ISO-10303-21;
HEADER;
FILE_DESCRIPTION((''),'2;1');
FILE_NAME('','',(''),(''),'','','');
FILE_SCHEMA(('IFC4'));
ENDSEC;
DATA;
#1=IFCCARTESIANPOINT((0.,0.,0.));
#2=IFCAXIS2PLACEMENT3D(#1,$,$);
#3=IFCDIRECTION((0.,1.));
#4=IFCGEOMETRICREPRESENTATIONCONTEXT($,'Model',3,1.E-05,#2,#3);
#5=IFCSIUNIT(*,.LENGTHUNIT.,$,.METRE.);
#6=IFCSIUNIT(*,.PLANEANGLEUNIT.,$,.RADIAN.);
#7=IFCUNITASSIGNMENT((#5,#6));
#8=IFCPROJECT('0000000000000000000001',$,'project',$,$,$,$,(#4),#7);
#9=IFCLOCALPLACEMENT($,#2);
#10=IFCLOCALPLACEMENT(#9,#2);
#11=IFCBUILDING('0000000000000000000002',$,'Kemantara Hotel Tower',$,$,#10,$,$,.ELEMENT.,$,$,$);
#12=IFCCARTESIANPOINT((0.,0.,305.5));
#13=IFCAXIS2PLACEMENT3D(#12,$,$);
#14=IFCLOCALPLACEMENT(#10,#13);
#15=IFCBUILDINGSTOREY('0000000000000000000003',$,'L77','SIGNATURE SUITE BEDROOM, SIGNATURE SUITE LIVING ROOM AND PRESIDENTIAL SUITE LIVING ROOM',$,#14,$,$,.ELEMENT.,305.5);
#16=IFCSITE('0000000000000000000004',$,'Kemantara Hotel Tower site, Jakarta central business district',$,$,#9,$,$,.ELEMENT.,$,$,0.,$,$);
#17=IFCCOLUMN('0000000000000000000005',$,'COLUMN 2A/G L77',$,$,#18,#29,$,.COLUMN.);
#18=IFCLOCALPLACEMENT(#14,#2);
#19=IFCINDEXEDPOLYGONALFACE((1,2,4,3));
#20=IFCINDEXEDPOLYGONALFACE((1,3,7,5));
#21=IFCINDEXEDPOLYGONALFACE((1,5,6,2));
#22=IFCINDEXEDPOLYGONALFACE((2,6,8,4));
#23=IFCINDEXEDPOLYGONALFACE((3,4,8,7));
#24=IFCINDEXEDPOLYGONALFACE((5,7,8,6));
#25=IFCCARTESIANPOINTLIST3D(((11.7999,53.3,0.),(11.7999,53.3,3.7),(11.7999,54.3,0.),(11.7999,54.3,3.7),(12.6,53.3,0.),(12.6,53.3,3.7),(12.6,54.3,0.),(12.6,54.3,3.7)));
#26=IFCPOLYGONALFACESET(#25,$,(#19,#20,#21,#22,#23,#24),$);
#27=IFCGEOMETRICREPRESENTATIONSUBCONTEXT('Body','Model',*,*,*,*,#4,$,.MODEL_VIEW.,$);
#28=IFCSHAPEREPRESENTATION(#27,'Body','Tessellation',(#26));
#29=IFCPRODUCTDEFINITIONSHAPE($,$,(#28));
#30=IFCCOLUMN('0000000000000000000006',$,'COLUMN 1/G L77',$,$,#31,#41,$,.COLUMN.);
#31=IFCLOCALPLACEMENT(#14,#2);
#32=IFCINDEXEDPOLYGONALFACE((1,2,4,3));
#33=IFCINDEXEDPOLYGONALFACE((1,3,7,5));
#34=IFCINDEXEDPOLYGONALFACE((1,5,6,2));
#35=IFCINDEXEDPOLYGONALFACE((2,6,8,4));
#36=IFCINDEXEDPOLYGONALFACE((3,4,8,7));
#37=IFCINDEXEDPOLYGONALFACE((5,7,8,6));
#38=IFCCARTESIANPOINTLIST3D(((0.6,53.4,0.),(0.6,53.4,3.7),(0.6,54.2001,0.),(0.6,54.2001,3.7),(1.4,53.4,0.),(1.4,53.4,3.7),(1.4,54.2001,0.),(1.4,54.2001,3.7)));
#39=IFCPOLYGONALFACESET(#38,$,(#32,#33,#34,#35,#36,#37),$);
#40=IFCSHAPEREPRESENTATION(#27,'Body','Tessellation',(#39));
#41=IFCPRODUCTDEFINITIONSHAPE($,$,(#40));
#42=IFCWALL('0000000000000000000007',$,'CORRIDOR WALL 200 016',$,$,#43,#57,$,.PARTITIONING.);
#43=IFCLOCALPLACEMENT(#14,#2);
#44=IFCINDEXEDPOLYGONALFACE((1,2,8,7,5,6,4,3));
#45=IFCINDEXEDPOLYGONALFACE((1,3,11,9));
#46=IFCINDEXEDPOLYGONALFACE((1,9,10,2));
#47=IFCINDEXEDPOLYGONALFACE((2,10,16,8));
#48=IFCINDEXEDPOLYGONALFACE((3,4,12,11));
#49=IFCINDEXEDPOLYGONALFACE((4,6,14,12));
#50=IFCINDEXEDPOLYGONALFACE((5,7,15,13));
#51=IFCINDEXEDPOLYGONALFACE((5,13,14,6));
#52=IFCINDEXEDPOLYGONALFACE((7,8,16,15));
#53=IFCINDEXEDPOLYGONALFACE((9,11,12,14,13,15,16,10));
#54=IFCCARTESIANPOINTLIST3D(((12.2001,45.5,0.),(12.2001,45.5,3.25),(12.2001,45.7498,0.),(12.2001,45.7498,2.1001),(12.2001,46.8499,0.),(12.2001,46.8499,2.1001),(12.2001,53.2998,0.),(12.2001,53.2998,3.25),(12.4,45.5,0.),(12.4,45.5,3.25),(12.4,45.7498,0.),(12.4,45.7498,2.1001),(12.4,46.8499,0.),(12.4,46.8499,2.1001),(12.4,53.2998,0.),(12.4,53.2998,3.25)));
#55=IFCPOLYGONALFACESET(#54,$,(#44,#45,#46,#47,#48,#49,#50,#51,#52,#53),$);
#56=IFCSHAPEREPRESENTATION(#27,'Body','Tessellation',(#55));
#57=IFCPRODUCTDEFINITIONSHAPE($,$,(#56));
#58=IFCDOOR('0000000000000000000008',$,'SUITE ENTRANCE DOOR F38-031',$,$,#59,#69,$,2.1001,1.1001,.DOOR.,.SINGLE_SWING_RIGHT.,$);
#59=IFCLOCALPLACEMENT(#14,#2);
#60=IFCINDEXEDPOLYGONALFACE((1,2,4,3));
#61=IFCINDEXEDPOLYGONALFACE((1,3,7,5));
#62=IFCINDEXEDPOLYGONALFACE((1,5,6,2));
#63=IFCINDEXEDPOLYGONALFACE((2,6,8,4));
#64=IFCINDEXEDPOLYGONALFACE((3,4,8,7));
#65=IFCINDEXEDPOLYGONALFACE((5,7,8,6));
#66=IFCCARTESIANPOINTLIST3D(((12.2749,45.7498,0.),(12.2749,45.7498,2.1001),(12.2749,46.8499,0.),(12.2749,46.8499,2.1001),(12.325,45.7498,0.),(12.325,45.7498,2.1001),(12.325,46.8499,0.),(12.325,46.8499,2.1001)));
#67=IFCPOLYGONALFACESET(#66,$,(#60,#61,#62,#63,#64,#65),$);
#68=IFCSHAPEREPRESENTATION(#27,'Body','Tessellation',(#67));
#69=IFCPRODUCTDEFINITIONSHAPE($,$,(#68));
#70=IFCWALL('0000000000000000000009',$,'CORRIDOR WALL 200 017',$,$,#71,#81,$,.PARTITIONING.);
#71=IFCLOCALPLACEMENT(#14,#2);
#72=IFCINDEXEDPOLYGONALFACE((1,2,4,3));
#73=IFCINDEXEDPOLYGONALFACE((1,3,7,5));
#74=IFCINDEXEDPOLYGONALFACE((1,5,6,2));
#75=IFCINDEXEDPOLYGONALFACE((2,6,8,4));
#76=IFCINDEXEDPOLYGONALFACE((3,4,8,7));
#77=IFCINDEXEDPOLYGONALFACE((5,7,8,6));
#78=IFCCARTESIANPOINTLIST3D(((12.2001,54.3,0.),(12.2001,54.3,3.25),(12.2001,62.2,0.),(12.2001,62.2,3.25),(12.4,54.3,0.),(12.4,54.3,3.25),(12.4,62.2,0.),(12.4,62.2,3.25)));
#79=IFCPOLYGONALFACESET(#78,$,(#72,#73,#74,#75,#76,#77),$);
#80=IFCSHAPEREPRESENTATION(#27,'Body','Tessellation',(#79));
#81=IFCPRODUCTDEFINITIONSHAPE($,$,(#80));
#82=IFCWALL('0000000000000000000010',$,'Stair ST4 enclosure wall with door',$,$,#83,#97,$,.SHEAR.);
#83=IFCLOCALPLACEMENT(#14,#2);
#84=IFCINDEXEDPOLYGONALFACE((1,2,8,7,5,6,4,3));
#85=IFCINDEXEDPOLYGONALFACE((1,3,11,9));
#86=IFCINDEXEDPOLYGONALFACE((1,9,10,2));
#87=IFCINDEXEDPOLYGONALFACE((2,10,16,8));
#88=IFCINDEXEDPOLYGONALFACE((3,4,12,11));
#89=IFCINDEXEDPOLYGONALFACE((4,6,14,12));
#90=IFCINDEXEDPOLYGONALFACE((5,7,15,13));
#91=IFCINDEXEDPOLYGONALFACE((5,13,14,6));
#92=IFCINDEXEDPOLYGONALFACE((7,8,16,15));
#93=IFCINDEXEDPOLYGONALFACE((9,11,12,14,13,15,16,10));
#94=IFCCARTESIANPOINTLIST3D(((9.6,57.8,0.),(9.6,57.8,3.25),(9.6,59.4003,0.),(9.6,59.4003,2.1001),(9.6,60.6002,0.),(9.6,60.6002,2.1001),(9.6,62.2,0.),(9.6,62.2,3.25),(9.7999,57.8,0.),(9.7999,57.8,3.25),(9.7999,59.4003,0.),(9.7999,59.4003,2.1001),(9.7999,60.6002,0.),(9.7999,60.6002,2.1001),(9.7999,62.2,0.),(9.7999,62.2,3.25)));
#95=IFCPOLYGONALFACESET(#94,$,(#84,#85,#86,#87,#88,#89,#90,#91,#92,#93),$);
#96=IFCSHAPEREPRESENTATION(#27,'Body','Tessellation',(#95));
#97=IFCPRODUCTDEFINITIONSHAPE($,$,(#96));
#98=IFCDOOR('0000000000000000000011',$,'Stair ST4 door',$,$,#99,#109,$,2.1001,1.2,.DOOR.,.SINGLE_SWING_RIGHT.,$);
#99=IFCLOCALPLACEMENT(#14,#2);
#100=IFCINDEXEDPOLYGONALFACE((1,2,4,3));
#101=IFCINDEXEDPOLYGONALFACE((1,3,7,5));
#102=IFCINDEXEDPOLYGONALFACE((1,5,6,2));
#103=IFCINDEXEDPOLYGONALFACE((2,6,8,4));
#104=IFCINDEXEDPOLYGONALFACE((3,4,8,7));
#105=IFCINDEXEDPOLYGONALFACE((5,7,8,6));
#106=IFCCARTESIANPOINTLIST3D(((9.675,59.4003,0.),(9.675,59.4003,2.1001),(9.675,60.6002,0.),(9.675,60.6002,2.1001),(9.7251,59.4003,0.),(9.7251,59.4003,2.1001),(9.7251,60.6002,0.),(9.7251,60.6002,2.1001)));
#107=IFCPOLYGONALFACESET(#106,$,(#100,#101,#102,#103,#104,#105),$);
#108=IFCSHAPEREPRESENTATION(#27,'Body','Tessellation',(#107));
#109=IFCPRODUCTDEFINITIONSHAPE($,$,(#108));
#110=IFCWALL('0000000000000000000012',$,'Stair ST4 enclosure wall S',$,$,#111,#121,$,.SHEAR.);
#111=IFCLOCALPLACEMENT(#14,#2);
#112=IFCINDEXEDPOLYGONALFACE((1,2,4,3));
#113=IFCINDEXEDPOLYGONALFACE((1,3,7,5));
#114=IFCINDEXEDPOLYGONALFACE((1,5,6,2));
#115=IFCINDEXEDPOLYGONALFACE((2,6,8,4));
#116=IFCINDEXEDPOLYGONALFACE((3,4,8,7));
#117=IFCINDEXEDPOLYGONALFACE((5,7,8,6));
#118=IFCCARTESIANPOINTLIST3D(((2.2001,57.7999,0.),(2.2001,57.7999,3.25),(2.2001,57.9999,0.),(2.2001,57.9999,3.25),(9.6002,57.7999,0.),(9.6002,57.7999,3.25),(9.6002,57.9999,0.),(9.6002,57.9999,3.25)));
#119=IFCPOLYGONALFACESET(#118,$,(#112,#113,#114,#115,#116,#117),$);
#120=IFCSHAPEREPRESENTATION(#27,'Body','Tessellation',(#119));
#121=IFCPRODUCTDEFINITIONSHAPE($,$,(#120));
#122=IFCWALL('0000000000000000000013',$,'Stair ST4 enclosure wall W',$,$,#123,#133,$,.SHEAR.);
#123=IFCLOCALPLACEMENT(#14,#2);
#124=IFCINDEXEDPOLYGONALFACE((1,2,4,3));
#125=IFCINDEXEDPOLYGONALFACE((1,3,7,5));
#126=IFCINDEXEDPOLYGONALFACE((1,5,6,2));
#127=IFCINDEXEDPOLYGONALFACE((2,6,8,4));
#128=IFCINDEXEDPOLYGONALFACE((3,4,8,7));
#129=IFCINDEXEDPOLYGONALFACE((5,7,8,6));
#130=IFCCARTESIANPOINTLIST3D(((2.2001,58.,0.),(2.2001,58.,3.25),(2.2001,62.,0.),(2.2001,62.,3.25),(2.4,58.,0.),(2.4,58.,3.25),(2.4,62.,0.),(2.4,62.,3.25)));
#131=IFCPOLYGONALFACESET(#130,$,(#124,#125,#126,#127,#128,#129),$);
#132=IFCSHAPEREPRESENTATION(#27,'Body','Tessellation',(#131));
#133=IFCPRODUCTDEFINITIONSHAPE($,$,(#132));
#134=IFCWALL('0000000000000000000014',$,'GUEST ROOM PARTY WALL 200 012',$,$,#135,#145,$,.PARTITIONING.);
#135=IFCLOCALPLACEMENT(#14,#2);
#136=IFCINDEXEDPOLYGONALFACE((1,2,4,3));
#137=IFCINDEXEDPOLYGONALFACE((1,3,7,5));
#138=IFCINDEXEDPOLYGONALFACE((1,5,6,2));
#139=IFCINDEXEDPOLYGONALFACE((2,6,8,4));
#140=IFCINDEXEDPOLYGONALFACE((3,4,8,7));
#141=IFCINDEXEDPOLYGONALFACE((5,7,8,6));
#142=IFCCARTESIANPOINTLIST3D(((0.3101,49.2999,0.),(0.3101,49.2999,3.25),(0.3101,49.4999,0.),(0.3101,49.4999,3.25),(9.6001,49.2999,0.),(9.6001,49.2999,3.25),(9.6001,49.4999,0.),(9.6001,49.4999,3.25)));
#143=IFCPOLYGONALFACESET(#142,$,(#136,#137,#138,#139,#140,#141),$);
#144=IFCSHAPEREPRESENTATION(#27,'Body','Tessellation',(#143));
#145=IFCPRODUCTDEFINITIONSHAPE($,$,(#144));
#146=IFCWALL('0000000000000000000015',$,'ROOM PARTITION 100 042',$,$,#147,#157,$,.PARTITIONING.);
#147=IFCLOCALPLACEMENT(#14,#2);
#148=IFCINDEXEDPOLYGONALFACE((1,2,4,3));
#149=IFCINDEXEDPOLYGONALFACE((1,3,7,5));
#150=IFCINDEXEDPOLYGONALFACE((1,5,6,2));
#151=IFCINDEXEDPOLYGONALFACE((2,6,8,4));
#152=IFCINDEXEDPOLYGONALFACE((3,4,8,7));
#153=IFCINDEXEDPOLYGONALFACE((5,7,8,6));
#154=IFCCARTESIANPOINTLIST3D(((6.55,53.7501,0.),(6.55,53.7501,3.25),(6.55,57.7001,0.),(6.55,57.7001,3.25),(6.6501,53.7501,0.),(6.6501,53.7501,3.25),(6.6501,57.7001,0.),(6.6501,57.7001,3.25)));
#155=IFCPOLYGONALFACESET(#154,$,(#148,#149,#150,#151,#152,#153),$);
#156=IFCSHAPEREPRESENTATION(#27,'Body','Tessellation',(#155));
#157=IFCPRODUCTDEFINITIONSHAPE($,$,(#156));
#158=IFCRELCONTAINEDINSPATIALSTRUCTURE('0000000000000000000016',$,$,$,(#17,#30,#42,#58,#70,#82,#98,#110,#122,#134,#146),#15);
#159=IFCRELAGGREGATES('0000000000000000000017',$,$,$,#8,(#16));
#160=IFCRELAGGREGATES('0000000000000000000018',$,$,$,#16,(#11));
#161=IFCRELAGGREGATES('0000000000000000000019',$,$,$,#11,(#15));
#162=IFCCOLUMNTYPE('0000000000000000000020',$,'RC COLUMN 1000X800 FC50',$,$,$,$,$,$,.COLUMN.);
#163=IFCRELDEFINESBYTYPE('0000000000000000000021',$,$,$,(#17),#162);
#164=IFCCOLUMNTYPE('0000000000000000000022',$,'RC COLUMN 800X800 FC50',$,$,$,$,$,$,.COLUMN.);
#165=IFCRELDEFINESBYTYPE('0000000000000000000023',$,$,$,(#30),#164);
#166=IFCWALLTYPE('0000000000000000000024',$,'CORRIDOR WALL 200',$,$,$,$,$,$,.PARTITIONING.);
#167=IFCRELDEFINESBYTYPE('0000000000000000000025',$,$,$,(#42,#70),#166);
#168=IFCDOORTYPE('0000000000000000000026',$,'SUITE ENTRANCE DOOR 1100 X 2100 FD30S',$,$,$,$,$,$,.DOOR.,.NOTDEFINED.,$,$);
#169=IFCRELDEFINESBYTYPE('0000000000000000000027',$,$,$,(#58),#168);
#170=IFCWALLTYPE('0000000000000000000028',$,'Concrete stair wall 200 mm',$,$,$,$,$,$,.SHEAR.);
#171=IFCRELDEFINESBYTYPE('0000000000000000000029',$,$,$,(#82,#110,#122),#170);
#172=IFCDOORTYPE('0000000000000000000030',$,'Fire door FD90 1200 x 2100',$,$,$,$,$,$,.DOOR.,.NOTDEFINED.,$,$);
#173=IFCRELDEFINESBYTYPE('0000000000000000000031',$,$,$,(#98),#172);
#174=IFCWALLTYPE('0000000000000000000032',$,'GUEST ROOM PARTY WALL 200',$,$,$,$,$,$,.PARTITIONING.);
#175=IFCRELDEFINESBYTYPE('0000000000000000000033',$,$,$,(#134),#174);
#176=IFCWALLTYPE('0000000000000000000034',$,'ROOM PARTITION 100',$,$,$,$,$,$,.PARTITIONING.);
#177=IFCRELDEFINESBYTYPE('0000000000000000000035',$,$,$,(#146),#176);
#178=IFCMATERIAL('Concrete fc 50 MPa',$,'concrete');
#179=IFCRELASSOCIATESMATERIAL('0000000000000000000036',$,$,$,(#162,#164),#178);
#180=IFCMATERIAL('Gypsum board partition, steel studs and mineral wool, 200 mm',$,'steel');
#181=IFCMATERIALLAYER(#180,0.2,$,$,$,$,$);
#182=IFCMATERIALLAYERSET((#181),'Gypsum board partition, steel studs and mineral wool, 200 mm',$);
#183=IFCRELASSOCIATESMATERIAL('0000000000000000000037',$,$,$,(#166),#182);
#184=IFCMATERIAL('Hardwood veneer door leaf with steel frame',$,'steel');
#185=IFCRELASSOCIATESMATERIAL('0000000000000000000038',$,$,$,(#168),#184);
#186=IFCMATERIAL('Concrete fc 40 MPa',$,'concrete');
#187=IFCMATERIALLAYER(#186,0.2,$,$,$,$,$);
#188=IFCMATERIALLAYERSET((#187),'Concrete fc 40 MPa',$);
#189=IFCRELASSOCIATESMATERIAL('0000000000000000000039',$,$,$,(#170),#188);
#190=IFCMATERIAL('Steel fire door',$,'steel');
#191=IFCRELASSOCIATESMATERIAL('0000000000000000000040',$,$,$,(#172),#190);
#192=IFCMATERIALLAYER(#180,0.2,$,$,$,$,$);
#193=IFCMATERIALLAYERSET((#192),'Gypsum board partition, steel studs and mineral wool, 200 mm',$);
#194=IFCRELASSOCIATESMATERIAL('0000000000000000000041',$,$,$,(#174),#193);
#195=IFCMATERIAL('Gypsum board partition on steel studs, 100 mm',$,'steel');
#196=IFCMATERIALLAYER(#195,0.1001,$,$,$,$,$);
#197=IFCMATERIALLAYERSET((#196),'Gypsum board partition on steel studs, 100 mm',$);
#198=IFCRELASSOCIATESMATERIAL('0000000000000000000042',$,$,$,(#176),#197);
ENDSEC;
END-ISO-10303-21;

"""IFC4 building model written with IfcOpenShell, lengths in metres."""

from ifc_helpers import new_model, si_unit, direction, frame, frame_2d, origin, origin_2d, place, context, subcontext, project, spatial, rectangle, extrude, material, layer, layer_set, material_profile, profile_set, type_object, element, fill, save


model = new_model("IFC4")

# Units and contexts
model_context = context("Model", 3, precision=1e-05, world=origin(), true_north=direction((0.0, 1.0)))
body_context = subcontext(model_context, "Body", "Model", "MODEL_VIEW")
ifc_project = project(units=[si_unit("LENGTHUNIT", "METRE"), si_unit("PLANEANGLEUNIT", "RADIAN")], contexts=[model_context])

# Site, building, storey
site_placement = place(None, origin())
site = spatial("IfcSite", under=ifc_project, at=site_placement, Name="Kemantara Hotel Tower site, Jakarta central business district", CompositionType="ELEMENT", RefElevation=0.0)
building_placement = place(site_placement, origin())
building = spatial("IfcBuilding", under=site, at=building_placement, Name="Kemantara Hotel Tower", CompositionType="ELEMENT")
storey_placement = place(building_placement, frame((0.0, 0.0, 305.5)))
storey = spatial("IfcBuildingStorey", under=building, at=storey_placement, Name="L77", Description="SIGNATURE SUITE BEDROOM, SIGNATURE SUITE LIVING ROOM AND PRESIDENTIAL SUITE LIVING ROOM", CompositionType="ELEMENT", Elevation=305.5)

# Columns
ifc_material_1 = material(Name="Concrete fc 50 MPa", Category="concrete")
ifc_material_profile_1 = material_profile(ifc_material_1, rectangle(XDim=1.0, YDim=0.8, at=origin_2d()), Name="RC 1000X800")
ifc_profile_set_1 = profile_set([ifc_material_profile_1], Name="Concrete fc 50 MPa")
column_type_1 = type_object("IfcColumnType", Name="RC COLUMN 1000X800 FC50", PredefinedType="COLUMN", material=ifc_profile_set_1)
column_1_placement = place(storey_placement, frame((12.2, 53.8, 0.0), z_axis=(0.0, 0.0, 1.0), x_axis=(0.0, 1.0, 0.0)))
element("IfcColumn", 1, at=column_1_placement, inside=storey, type_object=column_type_1, Name="COLUMN 2A/G L77", PredefinedType="COLUMN", context=body_context, shape_type="SweptSolid", body=[
    extrude(rectangle(XDim=1.0, YDim=0.8, at=origin_2d()), origin(), (0.0, 0.0, 1.0), 3.7),
])
ifc_material_profile_2 = material_profile(ifc_material_1, rectangle(XDim=0.8, YDim=0.8, at=origin_2d()), Name="RC 800X800")
ifc_profile_set_2 = profile_set([ifc_material_profile_2], Name="Concrete fc 50 MPa")
column_type_2 = type_object("IfcColumnType", Name="RC COLUMN 800X800 FC50", PredefinedType="COLUMN", material=ifc_profile_set_2)
column_2_placement = place(storey_placement, frame((1.0, 53.8, 0.0), z_axis=(0.0, 0.0, 1.0), x_axis=(1.0, 0.0, 0.0)))
element("IfcColumn", 2, at=column_2_placement, inside=storey, type_object=column_type_2, Name="COLUMN 1/G L77", PredefinedType="COLUMN", context=body_context, shape_type="SweptSolid", body=[
    extrude(rectangle(XDim=0.8, YDim=0.8, at=origin_2d()), origin(), (0.0, 0.0, 1.0), 3.7),
])

# Wall, opening, door
ifc_material_2 = material(Name="Gypsum board partition, steel studs and mineral wool, 200 mm", Category="steel")
ifc_layer_1 = layer(ifc_material_2, 0.2)
ifc_layer_set_1 = layer_set([ifc_layer_1], Name="Gypsum board partition, steel studs and mineral wool, 200 mm")
wall_type_1 = type_object("IfcWallType", Name="CORRIDOR WALL 200", PredefinedType="PARTITIONING", material=ifc_layer_set_1)
wall_1_placement = place(storey_placement, frame((12.3, 53.2998, 0.0), z_axis=(0.0, 0.0, 1.0), x_axis=(0.0, -1.0, 0.0)))
wall_1 = element("IfcWall", 3, at=wall_1_placement, inside=storey, type_object=wall_type_1, Name="CORRIDOR WALL 200 016", PredefinedType="PARTITIONING", context=body_context, shape_type="SweptSolid", body=[
    extrude(rectangle(XDim=7.7998, YDim=0.2, at=frame_2d((3.8999, 0.0))), origin(), (0.0, 0.0, 1.0), 3.25),
])
opening_1_placement = place(wall_1_placement, frame((6.45, 0.0, 0.0)))
opening_1 = element("IfcOpeningElement", 4, at=opening_1_placement, cuts=wall_1, PredefinedType="OPENING", context=body_context, shape_type="SweptSolid", body=[
    extrude(rectangle(XDim=1.1001, YDim=2.1001, at=frame_2d((0.55, 1.05))), frame((0.0, 0.1099, 0.0), z_axis=(0.0, -1.0, 0.0), x_axis=(1.0, 0.0, 0.0)), (0.0, 0.0, 1.0), 0.22),
])
ifc_material_3 = material(Name="Hardwood veneer door leaf with steel frame", Category="steel")
door_type_1 = type_object("IfcDoorType", Name="SUITE ENTRANCE DOOR 1100 X 2100 FD30S", OperationType="NOTDEFINED", PredefinedType="DOOR", material=ifc_material_3)
door_1_placement = place(opening_1_placement, origin())
door_1 = element("IfcDoor", 5, at=door_1_placement, inside=storey, type_object=door_type_1, Name="SUITE ENTRANCE DOOR F38-031", OperationType="SINGLE_SWING_RIGHT", OverallHeight=2.1001, OverallWidth=1.1001, PredefinedType="DOOR", context=body_context, shape_type="SweptSolid", body=[
    extrude(rectangle(XDim=1.1001, YDim=2.1001, at=frame_2d((0.55, 1.05))), frame((0.0, 0.0249, 0.0), z_axis=(0.0, -1.0, 0.0), x_axis=(1.0, 0.0, 0.0)), (0.0, 0.0, 1.0), 0.05),
])
fill(opening_1, door_1)

# Wall
wall_2_placement = place(storey_placement, frame((12.3, 54.3, 0.0), z_axis=(0.0, 0.0, 1.0), x_axis=(0.0, 1.0, 0.0)))
element("IfcWall", 6, at=wall_2_placement, inside=storey, type_object=wall_type_1, Name="CORRIDOR WALL 200 017", PredefinedType="PARTITIONING", context=body_context, shape_type="SweptSolid", body=[
    extrude(rectangle(XDim=7.8999, YDim=0.2, at=frame_2d((3.95, 0.0))), origin(), (0.0, 0.0, 1.0), 3.25),
])

# Wall, opening, door
ifc_material_4 = material(Name="Concrete fc 40 MPa", Category="concrete")
ifc_layer_2 = layer(ifc_material_4, 0.2)
ifc_layer_set_2 = layer_set([ifc_layer_2], Name="Concrete fc 40 MPa")
wall_type_2 = type_object("IfcWallType", Name="Concrete stair wall 200 mm", PredefinedType="SHEAR", material=ifc_layer_set_2)
wall_3_placement = place(storey_placement, frame((9.7, 57.8, 0.0), z_axis=(0.0, 0.0, 1.0), x_axis=(0.0, 1.0, 0.0)))
wall_3 = element("IfcWall", 7, at=wall_3_placement, inside=storey, type_object=wall_type_2, Name="Stair ST4 enclosure wall with door", PredefinedType="SHEAR", context=body_context, shape_type="SweptSolid", body=[
    extrude(rectangle(XDim=4.3999, YDim=0.2, at=frame_2d((2.2, 0.0))), origin(), (0.0, 0.0, 1.0), 3.25),
])
opening_2_placement = place(wall_3_placement, frame((1.6001, 0.0, 0.0)))
opening_2 = element("IfcOpeningElement", 8, at=opening_2_placement, cuts=wall_3, PredefinedType="OPENING", context=body_context, shape_type="SweptSolid", body=[
    extrude(rectangle(XDim=1.2, YDim=2.1001, at=frame_2d((0.6001, 1.05))), frame((0.0, 0.1099, 0.0), z_axis=(0.0, -1.0, 0.0), x_axis=(1.0, 0.0, 0.0)), (0.0, 0.0, 1.0), 0.22),
])
ifc_material_5 = material(Name="Steel fire door", Category="steel")
door_type_2 = type_object("IfcDoorType", Name="Fire door FD90 1200 x 2100", OperationType="NOTDEFINED", PredefinedType="DOOR", material=ifc_material_5)
door_2_placement = place(opening_2_placement, origin())
door_2 = element("IfcDoor", 9, at=door_2_placement, inside=storey, type_object=door_type_2, Name="Stair ST4 door", OperationType="SINGLE_SWING_RIGHT", OverallHeight=2.1001, OverallWidth=1.2, PredefinedType="DOOR", context=body_context, shape_type="SweptSolid", body=[
    extrude(rectangle(XDim=1.2, YDim=2.1001, at=frame_2d((0.6001, 1.05))), frame((0.0, 0.0249, 0.0), z_axis=(0.0, -1.0, 0.0), x_axis=(1.0, 0.0, 0.0)), (0.0, 0.0, 1.0), 0.05),
])
fill(opening_2, door_2)

# Walls
wall_4_placement = place(storey_placement, frame((2.2, 57.8999, 0.0), z_axis=(0.0, 0.0, 1.0), x_axis=(1.0, 0.0, 0.0)))
element("IfcWall", 10, at=wall_4_placement, inside=storey, type_object=wall_type_2, Name="Stair ST4 enclosure wall S", PredefinedType="SHEAR", context=body_context, shape_type="SweptSolid", body=[
    extrude(rectangle(XDim=7.4001, YDim=0.2, at=frame_2d((3.7002, 0.0))), origin(), (0.0, 0.0, 1.0), 3.25),
])
wall_5_placement = place(storey_placement, frame((2.3, 58.0, 0.0), z_axis=(0.0, 0.0, 1.0), x_axis=(0.0, 1.0, 0.0)))
element("IfcWall", 11, at=wall_5_placement, inside=storey, type_object=wall_type_2, Name="Stair ST4 enclosure wall W", PredefinedType="SHEAR", context=body_context, shape_type="SweptSolid", body=[
    extrude(rectangle(XDim=4.0, YDim=0.2, at=frame_2d((2.0, 0.0))), origin(), (0.0, 0.0, 1.0), 3.25),
])
ifc_layer_3 = layer(ifc_material_2, 0.2)
ifc_layer_set_3 = layer_set([ifc_layer_3], Name="Gypsum board partition, steel studs and mineral wool, 200 mm")
wall_type_3 = type_object("IfcWallType", Name="GUEST ROOM PARTY WALL 200", PredefinedType="PARTITIONING", material=ifc_layer_set_3)
wall_6_placement = place(storey_placement, frame((0.3101, 49.3999, 0.0), z_axis=(0.0, 0.0, 1.0), x_axis=(1.0, 0.0, 0.0)))
element("IfcWall", 12, at=wall_6_placement, inside=storey, type_object=wall_type_3, Name="GUEST ROOM PARTY WALL 200 012", PredefinedType="PARTITIONING", context=body_context, shape_type="SweptSolid", body=[
    extrude(rectangle(XDim=9.29, YDim=0.2, at=frame_2d((4.645, 0.0))), origin(), (0.0, 0.0, 1.0), 3.25),
])
ifc_material_6 = material(Name="Gypsum board partition on steel studs, 100 mm", Category="steel")
ifc_layer_4 = layer(ifc_material_6, 0.1001)
ifc_layer_set_4 = layer_set([ifc_layer_4], Name="Gypsum board partition on steel studs, 100 mm")
wall_type_4 = type_object("IfcWallType", Name="ROOM PARTITION 100", PredefinedType="PARTITIONING", material=ifc_layer_set_4)
wall_7_placement = place(storey_placement, frame((6.6001, 53.75, 0.0), z_axis=(0.0, 0.0, 1.0), x_axis=(0.0, 1.0, 0.0)))
element("IfcWall", 13, at=wall_7_placement, inside=storey, type_object=wall_type_4, Name="ROOM PARTITION 100 042", PredefinedType="PARTITIONING", context=body_context, shape_type="SweptSolid", body=[
    extrude(rectangle(XDim=3.95, YDim=0.1001, at=frame_2d((1.9751, 0.0))), origin(), (0.0, 0.0, 1.0), 3.25),
])

save(model, "model.ifc")
